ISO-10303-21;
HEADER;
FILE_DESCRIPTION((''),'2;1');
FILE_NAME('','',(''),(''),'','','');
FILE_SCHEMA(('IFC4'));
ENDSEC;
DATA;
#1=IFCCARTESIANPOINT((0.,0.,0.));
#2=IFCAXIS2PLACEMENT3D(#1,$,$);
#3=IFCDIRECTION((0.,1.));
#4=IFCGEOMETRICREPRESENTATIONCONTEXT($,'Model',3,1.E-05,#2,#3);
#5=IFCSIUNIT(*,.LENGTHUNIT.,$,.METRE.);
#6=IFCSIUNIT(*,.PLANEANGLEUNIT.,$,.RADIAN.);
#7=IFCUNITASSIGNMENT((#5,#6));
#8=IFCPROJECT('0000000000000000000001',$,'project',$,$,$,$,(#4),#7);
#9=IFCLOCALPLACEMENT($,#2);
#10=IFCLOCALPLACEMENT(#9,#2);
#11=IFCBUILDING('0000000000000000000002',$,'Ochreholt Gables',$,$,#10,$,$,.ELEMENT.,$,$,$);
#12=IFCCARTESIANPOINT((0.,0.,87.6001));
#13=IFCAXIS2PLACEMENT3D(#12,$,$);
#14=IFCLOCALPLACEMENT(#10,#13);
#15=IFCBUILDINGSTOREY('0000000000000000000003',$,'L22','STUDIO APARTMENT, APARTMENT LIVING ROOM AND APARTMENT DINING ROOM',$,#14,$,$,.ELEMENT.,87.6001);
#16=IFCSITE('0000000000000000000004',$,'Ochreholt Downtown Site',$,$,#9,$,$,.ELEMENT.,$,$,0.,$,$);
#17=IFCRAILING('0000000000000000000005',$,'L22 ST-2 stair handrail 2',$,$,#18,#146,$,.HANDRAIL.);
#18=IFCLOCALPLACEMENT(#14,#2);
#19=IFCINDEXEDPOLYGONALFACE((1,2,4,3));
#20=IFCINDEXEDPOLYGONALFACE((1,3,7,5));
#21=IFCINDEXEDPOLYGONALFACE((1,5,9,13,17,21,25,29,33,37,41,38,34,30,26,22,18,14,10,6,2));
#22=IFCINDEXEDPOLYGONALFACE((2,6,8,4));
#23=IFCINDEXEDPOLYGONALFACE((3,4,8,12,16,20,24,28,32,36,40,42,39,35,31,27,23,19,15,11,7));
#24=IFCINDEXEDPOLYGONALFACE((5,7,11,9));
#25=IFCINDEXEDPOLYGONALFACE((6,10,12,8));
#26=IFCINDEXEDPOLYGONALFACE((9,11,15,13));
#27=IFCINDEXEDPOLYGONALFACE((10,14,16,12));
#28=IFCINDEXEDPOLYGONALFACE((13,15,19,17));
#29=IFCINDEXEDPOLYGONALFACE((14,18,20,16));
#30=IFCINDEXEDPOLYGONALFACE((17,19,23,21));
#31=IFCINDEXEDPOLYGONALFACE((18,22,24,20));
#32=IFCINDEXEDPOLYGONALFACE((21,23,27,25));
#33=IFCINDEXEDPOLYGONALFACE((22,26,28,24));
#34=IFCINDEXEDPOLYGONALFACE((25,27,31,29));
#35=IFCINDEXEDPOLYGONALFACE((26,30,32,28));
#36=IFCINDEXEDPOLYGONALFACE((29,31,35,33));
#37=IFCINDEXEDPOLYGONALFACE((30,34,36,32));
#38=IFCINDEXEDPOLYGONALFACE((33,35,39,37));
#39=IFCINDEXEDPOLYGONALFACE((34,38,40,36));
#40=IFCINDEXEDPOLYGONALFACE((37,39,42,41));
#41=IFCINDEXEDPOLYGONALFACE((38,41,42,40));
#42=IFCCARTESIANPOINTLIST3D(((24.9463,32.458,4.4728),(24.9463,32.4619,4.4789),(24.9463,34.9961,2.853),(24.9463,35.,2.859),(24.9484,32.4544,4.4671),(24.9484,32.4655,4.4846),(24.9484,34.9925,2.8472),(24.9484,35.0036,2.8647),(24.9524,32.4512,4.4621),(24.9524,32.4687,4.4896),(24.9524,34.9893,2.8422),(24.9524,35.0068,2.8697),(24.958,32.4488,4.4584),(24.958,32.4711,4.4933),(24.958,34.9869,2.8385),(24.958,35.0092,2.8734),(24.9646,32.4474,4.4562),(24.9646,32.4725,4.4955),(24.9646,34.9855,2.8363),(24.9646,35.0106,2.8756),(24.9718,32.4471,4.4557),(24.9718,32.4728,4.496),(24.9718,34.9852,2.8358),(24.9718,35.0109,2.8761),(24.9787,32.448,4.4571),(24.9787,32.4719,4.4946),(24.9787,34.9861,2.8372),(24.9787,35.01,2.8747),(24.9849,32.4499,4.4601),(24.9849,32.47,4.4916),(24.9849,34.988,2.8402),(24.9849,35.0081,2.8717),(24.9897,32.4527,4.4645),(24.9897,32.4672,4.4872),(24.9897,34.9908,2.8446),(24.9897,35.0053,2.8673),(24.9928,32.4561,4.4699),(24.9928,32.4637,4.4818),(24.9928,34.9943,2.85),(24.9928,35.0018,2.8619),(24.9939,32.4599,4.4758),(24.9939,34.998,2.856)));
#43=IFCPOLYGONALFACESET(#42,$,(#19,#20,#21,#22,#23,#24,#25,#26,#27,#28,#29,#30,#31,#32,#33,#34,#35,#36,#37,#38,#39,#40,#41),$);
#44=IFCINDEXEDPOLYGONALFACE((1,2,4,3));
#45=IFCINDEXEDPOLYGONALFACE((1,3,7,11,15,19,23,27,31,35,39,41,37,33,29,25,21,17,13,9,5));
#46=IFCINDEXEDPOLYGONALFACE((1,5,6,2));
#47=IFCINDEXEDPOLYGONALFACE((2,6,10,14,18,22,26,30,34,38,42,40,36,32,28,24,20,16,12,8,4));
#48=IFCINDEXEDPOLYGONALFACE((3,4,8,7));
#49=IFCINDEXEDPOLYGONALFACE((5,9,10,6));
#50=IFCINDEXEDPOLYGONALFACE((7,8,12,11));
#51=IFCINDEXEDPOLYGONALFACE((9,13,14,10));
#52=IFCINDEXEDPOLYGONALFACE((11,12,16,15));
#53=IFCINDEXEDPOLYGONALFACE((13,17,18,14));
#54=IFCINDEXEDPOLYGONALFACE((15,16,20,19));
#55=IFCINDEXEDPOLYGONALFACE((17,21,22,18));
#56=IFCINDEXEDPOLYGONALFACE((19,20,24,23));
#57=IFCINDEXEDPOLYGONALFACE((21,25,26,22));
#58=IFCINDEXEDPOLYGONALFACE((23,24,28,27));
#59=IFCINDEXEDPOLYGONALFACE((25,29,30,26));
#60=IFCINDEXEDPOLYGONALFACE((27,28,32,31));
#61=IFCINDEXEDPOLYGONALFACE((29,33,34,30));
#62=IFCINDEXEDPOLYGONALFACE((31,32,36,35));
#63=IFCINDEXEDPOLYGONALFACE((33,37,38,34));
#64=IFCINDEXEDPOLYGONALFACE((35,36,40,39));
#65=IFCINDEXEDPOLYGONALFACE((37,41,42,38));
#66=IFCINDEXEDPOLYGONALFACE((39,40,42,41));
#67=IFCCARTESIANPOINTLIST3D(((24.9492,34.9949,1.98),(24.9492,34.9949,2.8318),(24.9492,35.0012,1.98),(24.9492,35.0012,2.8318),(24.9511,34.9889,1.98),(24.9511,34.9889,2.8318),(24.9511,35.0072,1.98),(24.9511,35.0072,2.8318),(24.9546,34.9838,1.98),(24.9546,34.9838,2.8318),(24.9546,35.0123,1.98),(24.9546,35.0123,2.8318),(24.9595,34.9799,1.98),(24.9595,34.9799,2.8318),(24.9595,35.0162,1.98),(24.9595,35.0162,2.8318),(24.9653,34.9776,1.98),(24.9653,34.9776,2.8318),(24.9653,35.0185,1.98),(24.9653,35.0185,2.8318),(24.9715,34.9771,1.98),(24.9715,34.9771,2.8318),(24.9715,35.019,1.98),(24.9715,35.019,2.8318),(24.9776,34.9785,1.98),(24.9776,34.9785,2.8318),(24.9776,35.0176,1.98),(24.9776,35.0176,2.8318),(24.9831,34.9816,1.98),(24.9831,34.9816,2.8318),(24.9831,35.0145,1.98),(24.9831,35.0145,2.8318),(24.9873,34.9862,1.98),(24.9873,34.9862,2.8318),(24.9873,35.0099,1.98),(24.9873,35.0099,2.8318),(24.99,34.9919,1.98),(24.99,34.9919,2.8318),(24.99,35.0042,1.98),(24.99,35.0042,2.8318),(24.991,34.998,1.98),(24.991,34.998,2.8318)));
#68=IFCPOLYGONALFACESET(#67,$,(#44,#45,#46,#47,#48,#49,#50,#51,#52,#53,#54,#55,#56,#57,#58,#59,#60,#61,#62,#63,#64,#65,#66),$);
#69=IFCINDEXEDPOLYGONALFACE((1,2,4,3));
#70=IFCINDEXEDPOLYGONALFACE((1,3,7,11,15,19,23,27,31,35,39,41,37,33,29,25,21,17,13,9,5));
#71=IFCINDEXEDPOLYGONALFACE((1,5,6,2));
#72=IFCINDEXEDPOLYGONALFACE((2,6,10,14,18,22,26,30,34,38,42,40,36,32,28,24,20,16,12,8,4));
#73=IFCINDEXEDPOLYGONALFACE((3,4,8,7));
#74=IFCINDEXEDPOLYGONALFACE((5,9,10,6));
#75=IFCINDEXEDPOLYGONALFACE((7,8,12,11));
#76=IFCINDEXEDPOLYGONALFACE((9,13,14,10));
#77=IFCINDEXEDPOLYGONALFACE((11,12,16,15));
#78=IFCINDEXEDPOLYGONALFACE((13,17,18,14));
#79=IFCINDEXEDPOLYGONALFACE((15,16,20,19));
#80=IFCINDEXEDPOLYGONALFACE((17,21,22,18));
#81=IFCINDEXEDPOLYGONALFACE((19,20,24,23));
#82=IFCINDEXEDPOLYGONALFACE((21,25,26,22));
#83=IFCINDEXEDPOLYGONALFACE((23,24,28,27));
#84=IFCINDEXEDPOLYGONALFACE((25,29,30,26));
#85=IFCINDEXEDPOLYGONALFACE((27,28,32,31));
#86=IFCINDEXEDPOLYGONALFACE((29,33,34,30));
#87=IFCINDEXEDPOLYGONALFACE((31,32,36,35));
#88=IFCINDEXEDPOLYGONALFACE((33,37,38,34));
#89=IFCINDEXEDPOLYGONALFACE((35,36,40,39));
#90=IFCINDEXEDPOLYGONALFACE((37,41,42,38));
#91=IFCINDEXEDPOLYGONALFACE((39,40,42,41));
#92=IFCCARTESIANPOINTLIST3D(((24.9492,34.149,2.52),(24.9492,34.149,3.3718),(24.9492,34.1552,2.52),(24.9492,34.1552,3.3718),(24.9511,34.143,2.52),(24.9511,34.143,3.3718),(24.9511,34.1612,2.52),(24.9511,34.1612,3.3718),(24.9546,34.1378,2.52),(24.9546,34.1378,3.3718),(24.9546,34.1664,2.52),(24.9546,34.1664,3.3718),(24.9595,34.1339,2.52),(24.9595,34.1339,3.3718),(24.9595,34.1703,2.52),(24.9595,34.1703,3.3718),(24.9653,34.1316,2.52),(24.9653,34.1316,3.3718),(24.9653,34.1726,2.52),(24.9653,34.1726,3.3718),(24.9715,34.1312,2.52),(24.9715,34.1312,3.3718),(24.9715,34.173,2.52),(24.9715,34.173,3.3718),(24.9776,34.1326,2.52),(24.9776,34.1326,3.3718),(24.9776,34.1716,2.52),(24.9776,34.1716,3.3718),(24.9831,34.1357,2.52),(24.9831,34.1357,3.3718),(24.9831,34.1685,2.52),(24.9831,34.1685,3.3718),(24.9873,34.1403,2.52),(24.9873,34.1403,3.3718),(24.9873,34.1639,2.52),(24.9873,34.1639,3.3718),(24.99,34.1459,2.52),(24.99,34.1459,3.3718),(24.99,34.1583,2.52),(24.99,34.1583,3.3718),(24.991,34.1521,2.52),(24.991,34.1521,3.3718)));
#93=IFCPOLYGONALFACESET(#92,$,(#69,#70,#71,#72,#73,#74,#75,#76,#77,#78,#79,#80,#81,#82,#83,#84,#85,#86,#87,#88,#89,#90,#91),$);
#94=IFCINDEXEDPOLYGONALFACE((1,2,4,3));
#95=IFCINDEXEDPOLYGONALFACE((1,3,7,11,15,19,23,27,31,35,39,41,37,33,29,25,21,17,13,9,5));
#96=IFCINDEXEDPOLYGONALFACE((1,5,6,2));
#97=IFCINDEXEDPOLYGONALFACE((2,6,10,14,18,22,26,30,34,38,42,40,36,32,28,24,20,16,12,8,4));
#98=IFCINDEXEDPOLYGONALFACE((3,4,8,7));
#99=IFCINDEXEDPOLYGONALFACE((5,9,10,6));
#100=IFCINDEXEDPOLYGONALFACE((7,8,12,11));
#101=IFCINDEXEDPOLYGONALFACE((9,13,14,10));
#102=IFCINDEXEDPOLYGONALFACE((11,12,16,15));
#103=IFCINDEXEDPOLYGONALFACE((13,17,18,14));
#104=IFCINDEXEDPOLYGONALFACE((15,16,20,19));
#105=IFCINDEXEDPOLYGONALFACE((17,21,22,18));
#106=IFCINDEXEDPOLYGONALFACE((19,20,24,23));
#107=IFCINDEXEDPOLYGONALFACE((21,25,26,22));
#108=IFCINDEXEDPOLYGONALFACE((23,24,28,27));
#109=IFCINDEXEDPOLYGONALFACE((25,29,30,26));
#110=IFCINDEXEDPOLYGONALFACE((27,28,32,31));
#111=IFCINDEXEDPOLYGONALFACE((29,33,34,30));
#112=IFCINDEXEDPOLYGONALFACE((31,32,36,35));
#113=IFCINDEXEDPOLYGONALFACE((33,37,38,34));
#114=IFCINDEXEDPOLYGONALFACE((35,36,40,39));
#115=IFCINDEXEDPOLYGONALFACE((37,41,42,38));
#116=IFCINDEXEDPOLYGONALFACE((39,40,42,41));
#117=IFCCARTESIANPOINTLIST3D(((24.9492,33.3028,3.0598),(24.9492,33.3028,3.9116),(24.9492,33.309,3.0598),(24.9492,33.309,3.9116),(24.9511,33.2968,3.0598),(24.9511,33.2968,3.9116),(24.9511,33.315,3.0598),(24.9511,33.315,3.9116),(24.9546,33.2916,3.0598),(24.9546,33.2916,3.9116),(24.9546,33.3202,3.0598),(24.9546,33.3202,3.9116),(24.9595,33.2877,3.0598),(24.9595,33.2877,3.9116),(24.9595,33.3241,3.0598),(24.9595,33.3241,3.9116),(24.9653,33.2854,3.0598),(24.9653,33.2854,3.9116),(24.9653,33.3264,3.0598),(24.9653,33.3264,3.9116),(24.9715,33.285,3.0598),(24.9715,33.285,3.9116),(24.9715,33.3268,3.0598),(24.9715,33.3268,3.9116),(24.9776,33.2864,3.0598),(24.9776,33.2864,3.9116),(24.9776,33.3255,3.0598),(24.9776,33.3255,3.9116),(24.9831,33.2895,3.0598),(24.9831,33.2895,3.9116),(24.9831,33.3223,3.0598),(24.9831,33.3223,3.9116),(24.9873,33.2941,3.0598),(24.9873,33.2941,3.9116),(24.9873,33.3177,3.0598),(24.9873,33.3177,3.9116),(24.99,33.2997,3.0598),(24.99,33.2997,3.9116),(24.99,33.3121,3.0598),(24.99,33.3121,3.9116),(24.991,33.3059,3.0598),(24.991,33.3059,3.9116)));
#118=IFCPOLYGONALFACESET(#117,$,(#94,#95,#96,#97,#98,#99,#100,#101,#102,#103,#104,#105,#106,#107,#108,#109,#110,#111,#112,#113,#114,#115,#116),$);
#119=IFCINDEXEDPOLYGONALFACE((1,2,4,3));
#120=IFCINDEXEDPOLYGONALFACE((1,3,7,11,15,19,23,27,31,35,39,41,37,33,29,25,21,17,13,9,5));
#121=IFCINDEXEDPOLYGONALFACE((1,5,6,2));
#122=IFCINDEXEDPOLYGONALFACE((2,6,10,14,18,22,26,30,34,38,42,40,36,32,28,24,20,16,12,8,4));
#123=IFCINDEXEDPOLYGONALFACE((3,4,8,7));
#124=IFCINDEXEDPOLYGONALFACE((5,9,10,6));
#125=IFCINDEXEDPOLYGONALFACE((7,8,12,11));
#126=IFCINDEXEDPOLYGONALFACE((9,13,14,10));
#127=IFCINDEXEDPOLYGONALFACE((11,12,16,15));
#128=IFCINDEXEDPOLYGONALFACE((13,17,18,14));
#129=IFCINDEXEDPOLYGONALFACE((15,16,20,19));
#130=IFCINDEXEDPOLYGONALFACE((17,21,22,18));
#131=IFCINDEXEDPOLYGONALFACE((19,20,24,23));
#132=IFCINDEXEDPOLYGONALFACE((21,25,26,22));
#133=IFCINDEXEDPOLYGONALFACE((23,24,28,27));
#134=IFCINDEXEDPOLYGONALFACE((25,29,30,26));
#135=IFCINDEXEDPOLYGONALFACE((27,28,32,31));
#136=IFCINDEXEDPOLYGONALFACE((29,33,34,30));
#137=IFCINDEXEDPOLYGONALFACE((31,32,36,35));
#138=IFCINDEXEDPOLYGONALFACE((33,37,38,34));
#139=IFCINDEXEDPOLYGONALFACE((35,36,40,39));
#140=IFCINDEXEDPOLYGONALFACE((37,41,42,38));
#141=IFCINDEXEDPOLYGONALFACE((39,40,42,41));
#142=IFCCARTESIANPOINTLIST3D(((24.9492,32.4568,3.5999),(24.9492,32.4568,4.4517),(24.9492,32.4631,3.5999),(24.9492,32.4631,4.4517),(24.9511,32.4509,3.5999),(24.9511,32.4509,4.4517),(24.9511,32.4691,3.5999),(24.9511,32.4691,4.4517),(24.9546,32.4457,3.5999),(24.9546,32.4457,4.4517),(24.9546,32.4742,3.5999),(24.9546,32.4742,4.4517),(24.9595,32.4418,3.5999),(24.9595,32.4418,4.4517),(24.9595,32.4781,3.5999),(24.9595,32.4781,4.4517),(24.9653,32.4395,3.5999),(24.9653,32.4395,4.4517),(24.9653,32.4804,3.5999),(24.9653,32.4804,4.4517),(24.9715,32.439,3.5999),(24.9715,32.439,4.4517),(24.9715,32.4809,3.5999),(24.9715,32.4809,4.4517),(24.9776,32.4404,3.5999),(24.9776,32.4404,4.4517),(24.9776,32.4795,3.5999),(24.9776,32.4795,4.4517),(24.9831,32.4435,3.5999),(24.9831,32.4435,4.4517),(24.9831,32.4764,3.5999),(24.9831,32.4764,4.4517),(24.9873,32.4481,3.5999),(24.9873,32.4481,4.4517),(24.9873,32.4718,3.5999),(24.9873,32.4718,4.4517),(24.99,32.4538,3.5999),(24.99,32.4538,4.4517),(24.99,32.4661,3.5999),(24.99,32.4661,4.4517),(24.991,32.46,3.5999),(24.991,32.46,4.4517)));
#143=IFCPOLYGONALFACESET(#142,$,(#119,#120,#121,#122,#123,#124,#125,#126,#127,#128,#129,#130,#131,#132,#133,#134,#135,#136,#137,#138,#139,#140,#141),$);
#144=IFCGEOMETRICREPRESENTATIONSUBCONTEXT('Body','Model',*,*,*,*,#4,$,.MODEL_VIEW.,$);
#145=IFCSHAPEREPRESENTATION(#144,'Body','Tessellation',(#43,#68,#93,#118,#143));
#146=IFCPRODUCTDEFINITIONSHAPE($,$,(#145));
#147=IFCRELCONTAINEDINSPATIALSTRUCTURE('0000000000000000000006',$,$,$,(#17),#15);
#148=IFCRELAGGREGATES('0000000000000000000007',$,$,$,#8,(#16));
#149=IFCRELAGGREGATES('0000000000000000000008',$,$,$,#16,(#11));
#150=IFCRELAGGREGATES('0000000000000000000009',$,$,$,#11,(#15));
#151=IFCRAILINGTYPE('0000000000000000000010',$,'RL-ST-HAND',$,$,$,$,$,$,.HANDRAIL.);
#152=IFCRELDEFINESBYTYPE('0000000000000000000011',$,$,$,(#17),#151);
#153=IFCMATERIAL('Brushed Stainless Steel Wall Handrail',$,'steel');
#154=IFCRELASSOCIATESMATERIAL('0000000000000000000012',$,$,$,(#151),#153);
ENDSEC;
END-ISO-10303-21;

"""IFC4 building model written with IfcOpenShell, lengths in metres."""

from ifc_helpers import new_model, si_unit, direction, frame, origin, origin_2d, place, context, subcontext, project, spatial, circle, extrude, material, type_object, element, save


model = new_model("IFC4")

# Units and contexts
model_context = context("Model", 3, precision=1e-05, world=origin(), true_north=direction((0.0, 1.0)))
body_context = subcontext(model_context, "Body", "Model", "MODEL_VIEW")
ifc_project = project(units=[si_unit("LENGTHUNIT", "METRE"), si_unit("PLANEANGLEUNIT", "RADIAN")], contexts=[model_context])

# Site, building, storey
site_placement = place(None, origin())
site = spatial("IfcSite", under=ifc_project, at=site_placement, Name="Ochreholt Downtown Site", CompositionType="ELEMENT", RefElevation=0.0)
building_placement = place(site_placement, origin())
building = spatial("IfcBuilding", under=site, at=building_placement, Name="Ochreholt Gables", CompositionType="ELEMENT")
storey_placement = place(building_placement, frame((0.0, 0.0, 87.6001)))
storey = spatial("IfcBuildingStorey", under=building, at=storey_placement, Name="L22", Description="STUDIO APARTMENT, APARTMENT LIVING ROOM AND APARTMENT DINING ROOM", CompositionType="ELEMENT", Elevation=87.6001)

# Railing
ifc_material_1 = material(Name="Brushed Stainless Steel Wall Handrail", Category="steel")
railing_type_1 = type_object("IfcRailingType", Name="RL-ST-HAND", PredefinedType="HANDRAIL", material=ifc_material_1)
railing_1_placement = place(storey_placement, frame((24.97, 34.998, 1.98)))
element("IfcRailing", 1, at=railing_1_placement, inside=storey, type_object=railing_type_1, Name="L22 ST-2 stair handrail 2", PredefinedType="HANDRAIL", context=body_context, shape_type="SweptSolid", body=[
    extrude(circle(Radius=0.0239, at=origin_2d()), frame((0.0, 0.0, 0.876), z_axis=(0.0, -0.84295, 0.537993), x_axis=(1.0, 0.0, 0.0)), (0.0, 0.0, 1.0), 3.011),
    extrude(circle(Radius=0.021, at=origin_2d()), origin(), (0.0, 0.0, 1.0), 0.8518),
    extrude(circle(Radius=0.021, at=origin_2d()), frame((0.0, -0.8459, 0.54)), (0.0, 0.0, 1.0), 0.8518),
    extrude(circle(Radius=0.021, at=origin_2d()), frame((0.0, -1.6921, 1.0798)), (0.0, 0.0, 1.0), 0.8518),
    extrude(circle(Radius=0.021, at=origin_2d()), frame((0.0, -2.5381, 1.6199)), (0.0, 0.0, 1.0), 0.8518),
])

save(model, "model.ifc")
